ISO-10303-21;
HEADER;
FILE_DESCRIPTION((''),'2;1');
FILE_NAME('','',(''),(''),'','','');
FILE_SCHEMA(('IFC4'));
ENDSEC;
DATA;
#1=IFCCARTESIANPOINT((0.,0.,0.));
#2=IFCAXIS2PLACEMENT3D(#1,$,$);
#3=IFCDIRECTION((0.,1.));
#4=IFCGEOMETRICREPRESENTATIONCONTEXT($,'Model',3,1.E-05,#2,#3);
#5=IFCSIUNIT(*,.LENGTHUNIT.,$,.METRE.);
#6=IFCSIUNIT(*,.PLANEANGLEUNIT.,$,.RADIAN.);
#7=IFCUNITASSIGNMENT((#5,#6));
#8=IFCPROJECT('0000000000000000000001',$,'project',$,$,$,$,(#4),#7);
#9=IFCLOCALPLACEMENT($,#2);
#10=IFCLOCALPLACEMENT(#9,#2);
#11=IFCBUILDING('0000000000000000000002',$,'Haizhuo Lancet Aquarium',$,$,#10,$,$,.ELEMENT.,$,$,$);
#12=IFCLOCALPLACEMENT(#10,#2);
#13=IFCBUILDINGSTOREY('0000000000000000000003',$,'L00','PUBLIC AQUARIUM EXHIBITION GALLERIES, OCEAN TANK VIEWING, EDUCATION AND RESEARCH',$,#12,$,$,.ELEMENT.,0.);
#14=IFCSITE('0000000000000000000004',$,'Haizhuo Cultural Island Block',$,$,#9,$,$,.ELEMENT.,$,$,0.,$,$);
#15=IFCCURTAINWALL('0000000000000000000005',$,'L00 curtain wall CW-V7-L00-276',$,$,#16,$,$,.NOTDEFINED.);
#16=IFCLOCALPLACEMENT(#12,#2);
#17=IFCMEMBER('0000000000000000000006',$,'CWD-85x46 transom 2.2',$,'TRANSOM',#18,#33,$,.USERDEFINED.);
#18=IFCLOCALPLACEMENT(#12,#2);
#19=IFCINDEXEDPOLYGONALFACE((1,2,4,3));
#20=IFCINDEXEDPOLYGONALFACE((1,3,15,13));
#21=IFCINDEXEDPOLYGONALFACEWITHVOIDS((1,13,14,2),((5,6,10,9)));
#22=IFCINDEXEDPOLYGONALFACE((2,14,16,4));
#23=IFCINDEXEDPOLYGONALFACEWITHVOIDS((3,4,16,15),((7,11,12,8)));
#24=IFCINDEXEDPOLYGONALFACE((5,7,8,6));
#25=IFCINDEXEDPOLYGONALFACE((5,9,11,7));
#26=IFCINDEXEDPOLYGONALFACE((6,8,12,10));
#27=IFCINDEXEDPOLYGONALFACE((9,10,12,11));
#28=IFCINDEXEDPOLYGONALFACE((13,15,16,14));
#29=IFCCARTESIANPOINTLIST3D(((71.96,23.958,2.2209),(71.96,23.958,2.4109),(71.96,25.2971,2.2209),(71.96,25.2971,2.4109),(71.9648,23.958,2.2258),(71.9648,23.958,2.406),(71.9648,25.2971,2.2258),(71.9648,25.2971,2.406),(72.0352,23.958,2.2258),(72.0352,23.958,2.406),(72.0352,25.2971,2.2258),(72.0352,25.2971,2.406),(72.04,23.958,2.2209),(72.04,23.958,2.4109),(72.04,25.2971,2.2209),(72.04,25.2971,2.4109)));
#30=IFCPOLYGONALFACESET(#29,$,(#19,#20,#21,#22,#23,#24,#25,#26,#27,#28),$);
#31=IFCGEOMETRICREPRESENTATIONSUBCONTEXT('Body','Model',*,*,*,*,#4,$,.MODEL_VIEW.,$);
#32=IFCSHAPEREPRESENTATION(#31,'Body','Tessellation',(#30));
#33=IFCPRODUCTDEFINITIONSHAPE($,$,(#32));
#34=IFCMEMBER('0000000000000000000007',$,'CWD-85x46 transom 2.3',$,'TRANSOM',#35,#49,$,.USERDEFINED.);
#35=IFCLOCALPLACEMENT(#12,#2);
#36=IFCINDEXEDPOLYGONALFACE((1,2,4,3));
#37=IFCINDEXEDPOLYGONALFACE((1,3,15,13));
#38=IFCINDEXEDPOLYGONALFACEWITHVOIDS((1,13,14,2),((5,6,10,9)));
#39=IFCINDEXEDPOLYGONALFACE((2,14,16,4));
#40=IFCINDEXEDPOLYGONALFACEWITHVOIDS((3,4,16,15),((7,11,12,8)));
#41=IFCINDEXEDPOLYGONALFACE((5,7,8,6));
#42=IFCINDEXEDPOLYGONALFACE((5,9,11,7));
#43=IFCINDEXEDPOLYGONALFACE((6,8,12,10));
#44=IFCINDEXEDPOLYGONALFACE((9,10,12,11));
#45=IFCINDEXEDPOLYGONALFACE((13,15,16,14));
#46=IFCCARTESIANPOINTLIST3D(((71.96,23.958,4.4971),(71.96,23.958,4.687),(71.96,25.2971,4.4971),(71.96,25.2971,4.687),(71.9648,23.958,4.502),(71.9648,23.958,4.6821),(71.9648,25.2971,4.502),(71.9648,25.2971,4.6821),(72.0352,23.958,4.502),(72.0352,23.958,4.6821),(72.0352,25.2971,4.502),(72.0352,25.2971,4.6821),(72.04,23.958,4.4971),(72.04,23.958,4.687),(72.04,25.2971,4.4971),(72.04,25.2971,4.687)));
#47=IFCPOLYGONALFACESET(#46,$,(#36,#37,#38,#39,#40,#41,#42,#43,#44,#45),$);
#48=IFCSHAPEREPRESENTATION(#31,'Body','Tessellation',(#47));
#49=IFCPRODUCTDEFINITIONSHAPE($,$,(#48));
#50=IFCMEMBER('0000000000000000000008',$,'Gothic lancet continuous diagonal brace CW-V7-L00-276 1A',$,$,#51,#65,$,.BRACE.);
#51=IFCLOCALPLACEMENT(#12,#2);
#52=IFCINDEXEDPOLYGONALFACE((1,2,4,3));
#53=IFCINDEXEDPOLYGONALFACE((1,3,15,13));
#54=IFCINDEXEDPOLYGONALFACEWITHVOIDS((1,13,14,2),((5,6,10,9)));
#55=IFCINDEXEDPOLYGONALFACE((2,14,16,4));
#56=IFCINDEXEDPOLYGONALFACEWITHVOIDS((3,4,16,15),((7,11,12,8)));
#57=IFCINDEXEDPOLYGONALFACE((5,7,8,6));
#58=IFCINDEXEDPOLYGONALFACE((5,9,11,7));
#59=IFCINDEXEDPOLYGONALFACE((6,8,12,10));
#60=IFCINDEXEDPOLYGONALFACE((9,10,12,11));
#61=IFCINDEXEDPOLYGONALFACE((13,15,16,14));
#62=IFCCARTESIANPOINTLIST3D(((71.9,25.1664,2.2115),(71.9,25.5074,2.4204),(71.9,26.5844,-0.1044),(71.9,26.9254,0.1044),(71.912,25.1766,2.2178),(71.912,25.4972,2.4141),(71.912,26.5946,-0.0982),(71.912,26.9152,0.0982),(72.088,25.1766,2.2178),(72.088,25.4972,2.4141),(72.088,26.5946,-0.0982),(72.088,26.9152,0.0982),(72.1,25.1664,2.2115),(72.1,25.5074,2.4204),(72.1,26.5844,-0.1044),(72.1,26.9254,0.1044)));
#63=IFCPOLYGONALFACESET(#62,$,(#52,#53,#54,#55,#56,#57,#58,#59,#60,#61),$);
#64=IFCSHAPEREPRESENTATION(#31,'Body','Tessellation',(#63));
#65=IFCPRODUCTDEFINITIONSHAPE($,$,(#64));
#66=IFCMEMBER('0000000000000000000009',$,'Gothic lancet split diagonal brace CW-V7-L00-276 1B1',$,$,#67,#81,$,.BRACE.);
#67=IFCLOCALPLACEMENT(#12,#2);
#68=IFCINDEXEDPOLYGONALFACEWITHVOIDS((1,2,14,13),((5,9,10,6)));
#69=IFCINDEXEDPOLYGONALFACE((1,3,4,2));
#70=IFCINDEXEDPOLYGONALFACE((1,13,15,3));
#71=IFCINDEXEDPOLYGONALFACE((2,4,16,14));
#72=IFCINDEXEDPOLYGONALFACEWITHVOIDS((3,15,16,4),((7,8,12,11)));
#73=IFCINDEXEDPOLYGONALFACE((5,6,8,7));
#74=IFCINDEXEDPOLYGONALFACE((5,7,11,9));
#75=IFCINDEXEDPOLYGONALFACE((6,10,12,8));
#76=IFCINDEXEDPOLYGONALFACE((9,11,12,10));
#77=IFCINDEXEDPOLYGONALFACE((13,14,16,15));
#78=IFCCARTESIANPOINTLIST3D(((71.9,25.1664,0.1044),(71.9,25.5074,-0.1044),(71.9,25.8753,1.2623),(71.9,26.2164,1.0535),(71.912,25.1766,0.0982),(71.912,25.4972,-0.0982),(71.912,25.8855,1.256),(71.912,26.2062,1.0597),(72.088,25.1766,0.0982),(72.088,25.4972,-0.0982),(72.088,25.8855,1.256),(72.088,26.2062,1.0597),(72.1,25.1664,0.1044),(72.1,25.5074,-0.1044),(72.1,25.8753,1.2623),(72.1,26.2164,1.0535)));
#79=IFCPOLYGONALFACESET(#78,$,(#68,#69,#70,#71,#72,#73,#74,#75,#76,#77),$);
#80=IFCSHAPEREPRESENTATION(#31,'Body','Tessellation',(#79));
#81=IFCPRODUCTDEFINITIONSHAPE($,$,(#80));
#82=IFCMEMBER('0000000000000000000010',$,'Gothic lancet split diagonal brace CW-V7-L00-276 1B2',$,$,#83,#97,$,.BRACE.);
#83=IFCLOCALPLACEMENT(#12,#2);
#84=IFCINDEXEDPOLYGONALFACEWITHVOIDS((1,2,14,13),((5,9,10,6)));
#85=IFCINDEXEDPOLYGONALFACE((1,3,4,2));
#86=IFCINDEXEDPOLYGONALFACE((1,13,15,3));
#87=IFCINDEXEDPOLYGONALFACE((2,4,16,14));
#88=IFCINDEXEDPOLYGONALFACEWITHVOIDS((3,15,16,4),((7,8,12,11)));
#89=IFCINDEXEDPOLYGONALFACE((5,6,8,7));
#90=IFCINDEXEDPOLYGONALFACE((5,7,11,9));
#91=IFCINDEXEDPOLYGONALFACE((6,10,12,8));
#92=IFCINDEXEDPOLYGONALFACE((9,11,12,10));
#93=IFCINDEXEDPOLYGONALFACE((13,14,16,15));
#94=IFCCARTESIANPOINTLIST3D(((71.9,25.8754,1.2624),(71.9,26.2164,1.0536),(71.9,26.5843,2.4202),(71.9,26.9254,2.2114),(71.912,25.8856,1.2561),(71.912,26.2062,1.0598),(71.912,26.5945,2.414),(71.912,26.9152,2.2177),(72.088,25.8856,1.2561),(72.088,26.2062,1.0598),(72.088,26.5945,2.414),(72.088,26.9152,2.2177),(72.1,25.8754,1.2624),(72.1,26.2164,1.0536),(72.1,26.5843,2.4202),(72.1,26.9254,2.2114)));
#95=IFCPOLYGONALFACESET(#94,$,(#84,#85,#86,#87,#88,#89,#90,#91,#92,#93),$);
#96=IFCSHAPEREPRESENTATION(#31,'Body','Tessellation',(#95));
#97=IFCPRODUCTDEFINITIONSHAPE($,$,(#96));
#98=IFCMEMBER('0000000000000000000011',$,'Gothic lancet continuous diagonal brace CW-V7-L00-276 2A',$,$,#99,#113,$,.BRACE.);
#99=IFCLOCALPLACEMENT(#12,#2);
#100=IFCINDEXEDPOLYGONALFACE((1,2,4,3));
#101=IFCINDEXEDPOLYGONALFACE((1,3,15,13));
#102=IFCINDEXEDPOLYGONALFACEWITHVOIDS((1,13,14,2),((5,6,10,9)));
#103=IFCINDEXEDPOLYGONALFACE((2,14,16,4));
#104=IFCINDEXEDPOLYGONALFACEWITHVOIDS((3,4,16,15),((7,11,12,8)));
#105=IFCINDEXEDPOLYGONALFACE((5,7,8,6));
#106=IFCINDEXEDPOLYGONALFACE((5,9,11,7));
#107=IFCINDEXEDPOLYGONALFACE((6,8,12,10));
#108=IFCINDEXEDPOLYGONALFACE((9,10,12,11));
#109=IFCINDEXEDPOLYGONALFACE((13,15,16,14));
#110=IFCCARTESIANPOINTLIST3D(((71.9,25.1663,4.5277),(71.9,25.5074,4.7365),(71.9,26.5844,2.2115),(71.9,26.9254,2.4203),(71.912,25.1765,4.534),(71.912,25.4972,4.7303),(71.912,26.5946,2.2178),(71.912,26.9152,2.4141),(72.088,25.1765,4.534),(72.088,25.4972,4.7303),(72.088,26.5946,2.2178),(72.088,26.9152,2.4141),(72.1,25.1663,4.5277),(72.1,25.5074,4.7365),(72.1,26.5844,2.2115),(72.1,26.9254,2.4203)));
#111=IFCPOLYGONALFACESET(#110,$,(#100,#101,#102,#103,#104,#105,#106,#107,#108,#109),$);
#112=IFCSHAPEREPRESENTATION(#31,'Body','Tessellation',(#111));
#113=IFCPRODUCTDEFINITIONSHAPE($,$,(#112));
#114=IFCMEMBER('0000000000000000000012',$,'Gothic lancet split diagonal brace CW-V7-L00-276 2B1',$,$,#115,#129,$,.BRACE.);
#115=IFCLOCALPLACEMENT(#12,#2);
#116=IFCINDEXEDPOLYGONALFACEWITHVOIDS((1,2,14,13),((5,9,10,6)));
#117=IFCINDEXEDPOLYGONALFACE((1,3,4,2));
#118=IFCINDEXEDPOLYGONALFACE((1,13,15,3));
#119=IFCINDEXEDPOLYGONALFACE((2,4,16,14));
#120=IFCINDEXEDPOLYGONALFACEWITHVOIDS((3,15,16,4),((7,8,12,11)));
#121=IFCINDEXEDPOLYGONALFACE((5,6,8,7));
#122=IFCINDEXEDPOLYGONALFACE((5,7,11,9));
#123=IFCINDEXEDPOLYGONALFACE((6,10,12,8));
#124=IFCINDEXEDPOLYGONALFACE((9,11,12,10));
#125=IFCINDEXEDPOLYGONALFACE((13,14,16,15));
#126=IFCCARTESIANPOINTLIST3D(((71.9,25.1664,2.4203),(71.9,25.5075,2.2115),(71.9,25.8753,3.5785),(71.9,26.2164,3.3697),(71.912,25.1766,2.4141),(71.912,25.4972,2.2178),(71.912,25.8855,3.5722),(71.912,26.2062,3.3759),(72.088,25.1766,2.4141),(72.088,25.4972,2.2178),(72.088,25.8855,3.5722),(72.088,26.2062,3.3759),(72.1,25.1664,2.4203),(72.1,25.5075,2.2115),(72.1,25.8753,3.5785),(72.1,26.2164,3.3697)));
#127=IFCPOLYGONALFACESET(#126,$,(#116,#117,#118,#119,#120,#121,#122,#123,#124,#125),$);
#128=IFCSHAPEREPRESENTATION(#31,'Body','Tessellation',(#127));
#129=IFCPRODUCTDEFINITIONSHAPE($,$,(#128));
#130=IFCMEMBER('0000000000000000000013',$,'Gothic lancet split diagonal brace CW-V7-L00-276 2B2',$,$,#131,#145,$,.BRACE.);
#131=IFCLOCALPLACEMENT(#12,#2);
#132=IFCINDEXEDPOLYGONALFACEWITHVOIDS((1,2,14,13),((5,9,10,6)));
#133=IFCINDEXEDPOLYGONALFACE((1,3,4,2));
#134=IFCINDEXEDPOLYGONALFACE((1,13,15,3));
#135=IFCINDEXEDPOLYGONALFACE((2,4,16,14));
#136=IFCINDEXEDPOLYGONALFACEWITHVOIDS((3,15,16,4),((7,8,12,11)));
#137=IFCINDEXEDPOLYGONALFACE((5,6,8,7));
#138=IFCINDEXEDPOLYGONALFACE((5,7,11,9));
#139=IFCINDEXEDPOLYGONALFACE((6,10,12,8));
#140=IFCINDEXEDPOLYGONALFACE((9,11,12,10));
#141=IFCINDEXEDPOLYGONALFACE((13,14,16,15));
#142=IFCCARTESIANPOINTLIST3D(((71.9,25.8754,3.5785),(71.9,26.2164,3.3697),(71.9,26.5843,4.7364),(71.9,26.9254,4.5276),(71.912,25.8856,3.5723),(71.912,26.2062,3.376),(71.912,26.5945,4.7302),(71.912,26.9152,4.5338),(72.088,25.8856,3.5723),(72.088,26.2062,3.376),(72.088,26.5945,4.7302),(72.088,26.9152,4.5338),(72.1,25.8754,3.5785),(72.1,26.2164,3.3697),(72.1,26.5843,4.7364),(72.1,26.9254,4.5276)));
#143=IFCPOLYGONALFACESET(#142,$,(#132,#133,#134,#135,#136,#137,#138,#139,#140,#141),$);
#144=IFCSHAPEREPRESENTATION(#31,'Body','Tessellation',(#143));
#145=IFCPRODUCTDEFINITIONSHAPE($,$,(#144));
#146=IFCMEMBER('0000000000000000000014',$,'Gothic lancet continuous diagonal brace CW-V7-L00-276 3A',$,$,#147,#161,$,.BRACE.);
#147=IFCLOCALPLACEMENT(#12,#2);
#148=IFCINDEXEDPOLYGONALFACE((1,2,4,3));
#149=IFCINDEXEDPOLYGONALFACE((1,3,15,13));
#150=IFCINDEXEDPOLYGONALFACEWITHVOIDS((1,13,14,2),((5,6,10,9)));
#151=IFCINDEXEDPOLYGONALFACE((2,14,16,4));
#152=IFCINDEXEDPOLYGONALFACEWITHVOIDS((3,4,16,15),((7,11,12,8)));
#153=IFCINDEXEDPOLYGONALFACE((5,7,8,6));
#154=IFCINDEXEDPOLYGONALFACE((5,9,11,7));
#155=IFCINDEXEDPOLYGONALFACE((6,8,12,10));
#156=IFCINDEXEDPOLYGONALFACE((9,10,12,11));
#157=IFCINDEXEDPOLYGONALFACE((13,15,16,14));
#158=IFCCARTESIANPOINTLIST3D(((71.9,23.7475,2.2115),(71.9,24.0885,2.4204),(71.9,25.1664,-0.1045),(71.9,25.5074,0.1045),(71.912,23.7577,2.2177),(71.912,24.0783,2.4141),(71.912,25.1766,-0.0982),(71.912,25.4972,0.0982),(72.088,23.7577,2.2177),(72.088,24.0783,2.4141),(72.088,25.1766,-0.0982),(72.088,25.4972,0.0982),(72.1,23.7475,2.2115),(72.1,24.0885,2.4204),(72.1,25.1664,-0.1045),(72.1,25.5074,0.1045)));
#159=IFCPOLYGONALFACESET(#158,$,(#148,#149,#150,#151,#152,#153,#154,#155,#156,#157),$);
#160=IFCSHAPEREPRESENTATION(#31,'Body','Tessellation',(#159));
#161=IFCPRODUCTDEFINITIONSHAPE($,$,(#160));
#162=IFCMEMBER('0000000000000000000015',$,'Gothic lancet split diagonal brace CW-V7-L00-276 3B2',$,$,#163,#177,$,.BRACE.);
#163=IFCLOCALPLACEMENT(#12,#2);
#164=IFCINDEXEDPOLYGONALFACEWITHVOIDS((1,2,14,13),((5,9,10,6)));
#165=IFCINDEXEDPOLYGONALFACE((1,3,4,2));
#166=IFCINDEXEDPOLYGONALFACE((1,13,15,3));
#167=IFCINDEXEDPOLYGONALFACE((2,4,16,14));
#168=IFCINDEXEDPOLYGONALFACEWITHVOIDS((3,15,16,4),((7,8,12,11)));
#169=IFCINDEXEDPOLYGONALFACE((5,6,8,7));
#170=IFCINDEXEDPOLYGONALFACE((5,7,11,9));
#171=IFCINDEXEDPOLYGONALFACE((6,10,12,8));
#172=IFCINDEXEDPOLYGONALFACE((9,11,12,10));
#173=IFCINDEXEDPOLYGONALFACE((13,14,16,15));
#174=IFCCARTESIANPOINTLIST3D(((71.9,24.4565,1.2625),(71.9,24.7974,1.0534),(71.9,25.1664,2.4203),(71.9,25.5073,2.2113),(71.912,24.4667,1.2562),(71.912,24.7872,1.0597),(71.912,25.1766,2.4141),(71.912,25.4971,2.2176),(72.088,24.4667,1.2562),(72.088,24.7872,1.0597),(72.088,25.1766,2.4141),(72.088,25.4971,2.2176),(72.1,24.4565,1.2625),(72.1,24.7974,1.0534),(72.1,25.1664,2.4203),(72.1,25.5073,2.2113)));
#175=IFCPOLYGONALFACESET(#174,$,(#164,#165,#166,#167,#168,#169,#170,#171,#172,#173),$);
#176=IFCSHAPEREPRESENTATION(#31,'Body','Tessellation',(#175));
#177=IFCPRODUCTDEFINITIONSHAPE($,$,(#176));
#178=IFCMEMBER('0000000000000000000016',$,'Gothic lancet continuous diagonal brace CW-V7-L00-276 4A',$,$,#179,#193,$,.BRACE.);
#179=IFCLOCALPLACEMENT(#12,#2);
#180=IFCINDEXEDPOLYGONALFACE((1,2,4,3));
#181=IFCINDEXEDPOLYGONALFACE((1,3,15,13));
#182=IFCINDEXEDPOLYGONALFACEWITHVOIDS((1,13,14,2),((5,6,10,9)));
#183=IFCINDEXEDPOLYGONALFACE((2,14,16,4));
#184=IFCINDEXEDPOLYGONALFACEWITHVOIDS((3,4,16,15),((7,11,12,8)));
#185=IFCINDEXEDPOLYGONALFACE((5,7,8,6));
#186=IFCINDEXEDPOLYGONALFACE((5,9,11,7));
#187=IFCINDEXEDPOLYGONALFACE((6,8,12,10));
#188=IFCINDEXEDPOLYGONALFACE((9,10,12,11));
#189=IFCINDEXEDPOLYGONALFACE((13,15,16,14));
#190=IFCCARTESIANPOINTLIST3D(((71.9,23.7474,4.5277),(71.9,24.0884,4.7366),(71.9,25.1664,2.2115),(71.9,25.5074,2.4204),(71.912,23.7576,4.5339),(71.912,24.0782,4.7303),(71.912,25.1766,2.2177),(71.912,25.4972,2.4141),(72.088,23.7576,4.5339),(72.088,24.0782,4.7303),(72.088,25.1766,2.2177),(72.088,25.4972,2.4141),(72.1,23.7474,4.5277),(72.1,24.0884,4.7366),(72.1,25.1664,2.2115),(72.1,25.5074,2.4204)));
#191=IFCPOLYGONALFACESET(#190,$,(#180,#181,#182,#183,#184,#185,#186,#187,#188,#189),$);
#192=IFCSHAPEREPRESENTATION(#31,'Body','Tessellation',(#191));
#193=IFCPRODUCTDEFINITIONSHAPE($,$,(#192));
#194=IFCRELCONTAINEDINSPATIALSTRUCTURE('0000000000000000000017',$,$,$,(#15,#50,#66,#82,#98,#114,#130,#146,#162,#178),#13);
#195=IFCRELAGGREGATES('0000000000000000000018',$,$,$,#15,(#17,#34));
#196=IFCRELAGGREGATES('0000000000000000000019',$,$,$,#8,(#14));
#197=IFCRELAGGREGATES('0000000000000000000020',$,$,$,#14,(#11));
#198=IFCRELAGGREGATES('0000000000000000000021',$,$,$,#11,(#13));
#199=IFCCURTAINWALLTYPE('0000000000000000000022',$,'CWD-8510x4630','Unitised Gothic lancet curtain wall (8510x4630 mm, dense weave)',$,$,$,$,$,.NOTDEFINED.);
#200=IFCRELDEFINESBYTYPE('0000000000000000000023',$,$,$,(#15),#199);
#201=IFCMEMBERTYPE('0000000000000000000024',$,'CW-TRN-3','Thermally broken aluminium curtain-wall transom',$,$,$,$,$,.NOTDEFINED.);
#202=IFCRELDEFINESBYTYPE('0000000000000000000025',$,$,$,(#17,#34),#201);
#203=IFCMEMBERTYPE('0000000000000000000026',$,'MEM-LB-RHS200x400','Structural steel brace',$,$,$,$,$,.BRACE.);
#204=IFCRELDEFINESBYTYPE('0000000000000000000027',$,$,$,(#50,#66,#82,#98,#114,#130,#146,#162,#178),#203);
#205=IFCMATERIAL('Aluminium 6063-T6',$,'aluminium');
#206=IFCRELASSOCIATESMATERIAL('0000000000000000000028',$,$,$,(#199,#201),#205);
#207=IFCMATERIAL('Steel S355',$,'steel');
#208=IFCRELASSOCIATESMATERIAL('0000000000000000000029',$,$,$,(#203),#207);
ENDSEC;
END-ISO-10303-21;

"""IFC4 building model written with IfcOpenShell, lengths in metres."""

from ifc_helpers import new_model, si_unit, direction, frame, origin, origin_2d, place, context, subcontext, project, spatial, hollow_rectangle, extrude, material, material_profile, profile_set, type_object, element, aggregate, save


model = new_model("IFC4")

# Units and contexts
model_context = context("Model", 3, precision=1e-05, world=origin(), true_north=direction((0.0, 1.0)))
body_context = subcontext(model_context, "Body", "Model", "MODEL_VIEW")
ifc_project = project(units=[si_unit("LENGTHUNIT", "METRE"), si_unit("PLANEANGLEUNIT", "RADIAN")], contexts=[model_context])

# Site, building, storey
site_placement = place(None, origin())
site = spatial("IfcSite", under=ifc_project, at=site_placement, Name="Haizhuo Cultural Island Block", CompositionType="ELEMENT", RefElevation=0.0)
building_placement = place(site_placement, origin())
building = spatial("IfcBuilding", under=site, at=building_placement, Name="Haizhuo Lancet Aquarium", CompositionType="ELEMENT")
storey_placement = place(building_placement, origin())
storey = spatial("IfcBuildingStorey", under=building, at=storey_placement, Name="L00", Description="PUBLIC AQUARIUM EXHIBITION GALLERIES, OCEAN TANK VIEWING, EDUCATION AND RESEARCH", CompositionType="ELEMENT", Elevation=0.0)

# Shared definitions
ifc_material_1 = material(Name="Steel S355", Category="steel")

# Shared definitions
ifc_material_2 = material(Name="Aluminium 6063-T6", Category="aluminium")

# Curtain wall, members
curtain_wall_type_1 = type_object("IfcCurtainWallType", Name="CWD-8510x4630", Description="Unitised Gothic lancet curtain wall (8510x4630 mm, dense weave)", PredefinedType="NOTDEFINED", material=ifc_material_2)
curtain_wall_1_placement = place(storey_placement, origin())
curtain_wall_1 = element("IfcCurtainWall", 1, at=curtain_wall_1_placement, inside=storey, type_object=curtain_wall_type_1, Name="L00 curtain wall CW-V7-L00-276", PredefinedType="NOTDEFINED")
ifc_material_profile_1 = material_profile(ifc_material_2, hollow_rectangle(XDim=0.0801, YDim=0.1899, WallThickness=0.0049, at=origin_2d()), Name="ALU-T 80x190x5")
ifc_profile_set_1 = profile_set([ifc_material_profile_1], Name="Aluminium 6063-T6")
member_type_1 = type_object("IfcMemberType", Name="CW-TRN-3", Description="Thermally broken aluminium curtain-wall transom", PredefinedType="NOTDEFINED", material=ifc_profile_set_1)
member_1_placement = place(storey_placement, frame((72.0, 25.2971, 2.3159), z_axis=(0.0, -1.0, 0.0), x_axis=(1.0, 0.0, 0.0)))
member_1 = element("IfcMember", 2, at=member_1_placement, type_object=member_type_1, Name="CWD-85x46 transom 2.2", ObjectType="TRANSOM", PredefinedType="USERDEFINED", context=body_context, shape_type="SweptSolid", body=[
    extrude(hollow_rectangle(XDim=0.0801, YDim=0.1899, WallThickness=0.0049, at=origin_2d()), origin(), (0.0, 0.0, 1.0), 1.3391),
])
member_2_placement = place(storey_placement, frame((72.0, 25.2971, 4.592), z_axis=(0.0, -1.0, 0.0), x_axis=(1.0, 0.0, 0.0)))
member_2 = element("IfcMember", 3, at=member_2_placement, type_object=member_type_1, Name="CWD-85x46 transom 2.3", ObjectType="TRANSOM", PredefinedType="USERDEFINED", context=body_context, shape_type="SweptSolid", body=[
    extrude(hollow_rectangle(XDim=0.0801, YDim=0.1899, WallThickness=0.0049, at=origin_2d()), origin(), (0.0, 0.0, 1.0), 1.3391),
])

# Members
ifc_material_profile_2 = material_profile(ifc_material_1, hollow_rectangle(XDim=0.2, YDim=0.3999, WallThickness=0.012, at=origin_2d()), Name="RHS 200x400x12")
ifc_profile_set_2 = profile_set([ifc_material_profile_2], Name="Steel S355")
member_type_2 = type_object("IfcMemberType", Name="MEM-LB-RHS200x400", Description="Structural steel brace", PredefinedType="BRACE", material=ifc_profile_set_2)
member_3_placement = place(storey_placement, frame((72.0, 26.7549, 0.0), z_axis=(0.0, -0.52217, 0.852841), x_axis=(1.0, 0.0, 0.0)))
element("IfcMember", 4, at=member_3_placement, inside=storey, type_object=member_type_2, Name="Gothic lancet continuous diagonal brace CW-V7-L00-276 1A", PredefinedType="BRACE", context=body_context, shape_type="SweptSolid", body=[
    extrude(hollow_rectangle(XDim=0.2, YDim=0.3999, WallThickness=0.012, at=origin_2d()), origin(), (0.0, 0.0, 1.0), 2.7156),
])
for number, where, z_axis, x_axis, name in (
    (5, (72.0, 25.3369, 0.0), (0.0, 0.52217, 0.852841), (-1.0, 0.0, 0.0), "Gothic lancet split diagonal brace CW-V7-L00-276 1B1"),
    (6, (72.0, 26.0459, 1.158), (0.0, 0.52217, 0.852841), (-1.0, 0.0, 0.0), "Gothic lancet split diagonal brace CW-V7-L00-276 1B2"),
):
    element("IfcMember", number, at=place(storey_placement, frame(where, z_axis=z_axis, x_axis=x_axis)), inside=storey, type_object=member_type_2, Name=name, PredefinedType="BRACE", context=body_context, shape_type="SweptSolid", body=[
        extrude(hollow_rectangle(XDim=0.2, YDim=0.3999, WallThickness=0.012, at=origin_2d()), origin(), (0.0, 0.0, 1.0), 1.3577),
    ])
member_4_placement = place(storey_placement, frame((72.0, 26.7549, 2.3159), z_axis=(0.0, -0.52213, 0.852866), x_axis=(1.0, 0.0, 0.0)))
element("IfcMember", 7, at=member_4_placement, inside=storey, type_object=member_type_2, Name="Gothic lancet continuous diagonal brace CW-V7-L00-276 2A", PredefinedType="BRACE", context=body_context, shape_type="SweptSolid", body=[
    extrude(hollow_rectangle(XDim=0.2, YDim=0.3999, WallThickness=0.012, at=origin_2d()), origin(), (0.0, 0.0, 1.0), 2.7158),
])
member_5_placement = place(storey_placement, frame((72.0, 25.3369, 2.3159), z_axis=(0.0, 0.52209, 0.852891), x_axis=(-1.0, 0.0, 0.0)))
element("IfcMember", 8, at=member_5_placement, inside=storey, type_object=member_type_2, Name="Gothic lancet split diagonal brace CW-V7-L00-276 2B1", PredefinedType="BRACE", context=body_context, shape_type="SweptSolid", body=[
    extrude(hollow_rectangle(XDim=0.2, YDim=0.3999, WallThickness=0.012, at=origin_2d()), origin(), (0.0, 0.0, 1.0), 1.3579),
])
member_6_placement = place(storey_placement, frame((72.0, 26.0459, 3.4741), z_axis=(0.0, 0.52217, 0.852841), x_axis=(-1.0, 0.0, 0.0)))
element("IfcMember", 9, at=member_6_placement, inside=storey, type_object=member_type_2, Name="Gothic lancet split diagonal brace CW-V7-L00-276 2B2", PredefinedType="BRACE", context=body_context, shape_type="SweptSolid", body=[
    extrude(hollow_rectangle(XDim=0.2, YDim=0.3999, WallThickness=0.012, at=origin_2d()), origin(), (0.0, 0.0, 1.0), 1.3577),
])
member_7_placement = place(storey_placement, frame((72.0, 25.3369, 0.0), z_axis=(0.0, -0.522431, 0.852681), x_axis=(1.0, 0.0, 0.0)))
element("IfcMember", 10, at=member_7_placement, inside=storey, type_object=member_type_2, Name="Gothic lancet continuous diagonal brace CW-V7-L00-276 3A", PredefinedType="BRACE", context=body_context, shape_type="SweptSolid", body=[
    extrude(hollow_rectangle(XDim=0.2, YDim=0.3999, WallThickness=0.012, at=origin_2d()), origin(), (0.0, 0.0, 1.0), 2.7161),
])
member_8_placement = place(storey_placement, frame((72.0, 24.627, 1.158), z_axis=(0.0, 0.522693, 0.852521), x_axis=(-1.0, 0.0, 0.0)))
element("IfcMember", 11, at=member_8_placement, inside=storey, type_object=member_type_2, Name="Gothic lancet split diagonal brace CW-V7-L00-276 3B2", PredefinedType="BRACE", context=body_context, shape_type="SweptSolid", body=[
    extrude(hollow_rectangle(XDim=0.2, YDim=0.3999, WallThickness=0.012, at=origin_2d()), origin(), (0.0, 0.0, 1.0), 1.3582),
])
member_9_placement = place(storey_placement, frame((72.0, 25.3369, 2.3159), z_axis=(0.0, -0.522391, 0.852706), x_axis=(1.0, 0.0, 0.0)))
element("IfcMember", 12, at=member_9_placement, inside=storey, type_object=member_type_2, Name="Gothic lancet continuous diagonal brace CW-V7-L00-276 4A", PredefinedType="BRACE", context=body_context, shape_type="SweptSolid", body=[
    extrude(hollow_rectangle(XDim=0.2, YDim=0.3999, WallThickness=0.012, at=origin_2d()), origin(), (0.0, 0.0, 1.0), 2.7163),
])

aggregate(curtain_wall_1, [member_1, member_2])

save(model, "model.ifc")
